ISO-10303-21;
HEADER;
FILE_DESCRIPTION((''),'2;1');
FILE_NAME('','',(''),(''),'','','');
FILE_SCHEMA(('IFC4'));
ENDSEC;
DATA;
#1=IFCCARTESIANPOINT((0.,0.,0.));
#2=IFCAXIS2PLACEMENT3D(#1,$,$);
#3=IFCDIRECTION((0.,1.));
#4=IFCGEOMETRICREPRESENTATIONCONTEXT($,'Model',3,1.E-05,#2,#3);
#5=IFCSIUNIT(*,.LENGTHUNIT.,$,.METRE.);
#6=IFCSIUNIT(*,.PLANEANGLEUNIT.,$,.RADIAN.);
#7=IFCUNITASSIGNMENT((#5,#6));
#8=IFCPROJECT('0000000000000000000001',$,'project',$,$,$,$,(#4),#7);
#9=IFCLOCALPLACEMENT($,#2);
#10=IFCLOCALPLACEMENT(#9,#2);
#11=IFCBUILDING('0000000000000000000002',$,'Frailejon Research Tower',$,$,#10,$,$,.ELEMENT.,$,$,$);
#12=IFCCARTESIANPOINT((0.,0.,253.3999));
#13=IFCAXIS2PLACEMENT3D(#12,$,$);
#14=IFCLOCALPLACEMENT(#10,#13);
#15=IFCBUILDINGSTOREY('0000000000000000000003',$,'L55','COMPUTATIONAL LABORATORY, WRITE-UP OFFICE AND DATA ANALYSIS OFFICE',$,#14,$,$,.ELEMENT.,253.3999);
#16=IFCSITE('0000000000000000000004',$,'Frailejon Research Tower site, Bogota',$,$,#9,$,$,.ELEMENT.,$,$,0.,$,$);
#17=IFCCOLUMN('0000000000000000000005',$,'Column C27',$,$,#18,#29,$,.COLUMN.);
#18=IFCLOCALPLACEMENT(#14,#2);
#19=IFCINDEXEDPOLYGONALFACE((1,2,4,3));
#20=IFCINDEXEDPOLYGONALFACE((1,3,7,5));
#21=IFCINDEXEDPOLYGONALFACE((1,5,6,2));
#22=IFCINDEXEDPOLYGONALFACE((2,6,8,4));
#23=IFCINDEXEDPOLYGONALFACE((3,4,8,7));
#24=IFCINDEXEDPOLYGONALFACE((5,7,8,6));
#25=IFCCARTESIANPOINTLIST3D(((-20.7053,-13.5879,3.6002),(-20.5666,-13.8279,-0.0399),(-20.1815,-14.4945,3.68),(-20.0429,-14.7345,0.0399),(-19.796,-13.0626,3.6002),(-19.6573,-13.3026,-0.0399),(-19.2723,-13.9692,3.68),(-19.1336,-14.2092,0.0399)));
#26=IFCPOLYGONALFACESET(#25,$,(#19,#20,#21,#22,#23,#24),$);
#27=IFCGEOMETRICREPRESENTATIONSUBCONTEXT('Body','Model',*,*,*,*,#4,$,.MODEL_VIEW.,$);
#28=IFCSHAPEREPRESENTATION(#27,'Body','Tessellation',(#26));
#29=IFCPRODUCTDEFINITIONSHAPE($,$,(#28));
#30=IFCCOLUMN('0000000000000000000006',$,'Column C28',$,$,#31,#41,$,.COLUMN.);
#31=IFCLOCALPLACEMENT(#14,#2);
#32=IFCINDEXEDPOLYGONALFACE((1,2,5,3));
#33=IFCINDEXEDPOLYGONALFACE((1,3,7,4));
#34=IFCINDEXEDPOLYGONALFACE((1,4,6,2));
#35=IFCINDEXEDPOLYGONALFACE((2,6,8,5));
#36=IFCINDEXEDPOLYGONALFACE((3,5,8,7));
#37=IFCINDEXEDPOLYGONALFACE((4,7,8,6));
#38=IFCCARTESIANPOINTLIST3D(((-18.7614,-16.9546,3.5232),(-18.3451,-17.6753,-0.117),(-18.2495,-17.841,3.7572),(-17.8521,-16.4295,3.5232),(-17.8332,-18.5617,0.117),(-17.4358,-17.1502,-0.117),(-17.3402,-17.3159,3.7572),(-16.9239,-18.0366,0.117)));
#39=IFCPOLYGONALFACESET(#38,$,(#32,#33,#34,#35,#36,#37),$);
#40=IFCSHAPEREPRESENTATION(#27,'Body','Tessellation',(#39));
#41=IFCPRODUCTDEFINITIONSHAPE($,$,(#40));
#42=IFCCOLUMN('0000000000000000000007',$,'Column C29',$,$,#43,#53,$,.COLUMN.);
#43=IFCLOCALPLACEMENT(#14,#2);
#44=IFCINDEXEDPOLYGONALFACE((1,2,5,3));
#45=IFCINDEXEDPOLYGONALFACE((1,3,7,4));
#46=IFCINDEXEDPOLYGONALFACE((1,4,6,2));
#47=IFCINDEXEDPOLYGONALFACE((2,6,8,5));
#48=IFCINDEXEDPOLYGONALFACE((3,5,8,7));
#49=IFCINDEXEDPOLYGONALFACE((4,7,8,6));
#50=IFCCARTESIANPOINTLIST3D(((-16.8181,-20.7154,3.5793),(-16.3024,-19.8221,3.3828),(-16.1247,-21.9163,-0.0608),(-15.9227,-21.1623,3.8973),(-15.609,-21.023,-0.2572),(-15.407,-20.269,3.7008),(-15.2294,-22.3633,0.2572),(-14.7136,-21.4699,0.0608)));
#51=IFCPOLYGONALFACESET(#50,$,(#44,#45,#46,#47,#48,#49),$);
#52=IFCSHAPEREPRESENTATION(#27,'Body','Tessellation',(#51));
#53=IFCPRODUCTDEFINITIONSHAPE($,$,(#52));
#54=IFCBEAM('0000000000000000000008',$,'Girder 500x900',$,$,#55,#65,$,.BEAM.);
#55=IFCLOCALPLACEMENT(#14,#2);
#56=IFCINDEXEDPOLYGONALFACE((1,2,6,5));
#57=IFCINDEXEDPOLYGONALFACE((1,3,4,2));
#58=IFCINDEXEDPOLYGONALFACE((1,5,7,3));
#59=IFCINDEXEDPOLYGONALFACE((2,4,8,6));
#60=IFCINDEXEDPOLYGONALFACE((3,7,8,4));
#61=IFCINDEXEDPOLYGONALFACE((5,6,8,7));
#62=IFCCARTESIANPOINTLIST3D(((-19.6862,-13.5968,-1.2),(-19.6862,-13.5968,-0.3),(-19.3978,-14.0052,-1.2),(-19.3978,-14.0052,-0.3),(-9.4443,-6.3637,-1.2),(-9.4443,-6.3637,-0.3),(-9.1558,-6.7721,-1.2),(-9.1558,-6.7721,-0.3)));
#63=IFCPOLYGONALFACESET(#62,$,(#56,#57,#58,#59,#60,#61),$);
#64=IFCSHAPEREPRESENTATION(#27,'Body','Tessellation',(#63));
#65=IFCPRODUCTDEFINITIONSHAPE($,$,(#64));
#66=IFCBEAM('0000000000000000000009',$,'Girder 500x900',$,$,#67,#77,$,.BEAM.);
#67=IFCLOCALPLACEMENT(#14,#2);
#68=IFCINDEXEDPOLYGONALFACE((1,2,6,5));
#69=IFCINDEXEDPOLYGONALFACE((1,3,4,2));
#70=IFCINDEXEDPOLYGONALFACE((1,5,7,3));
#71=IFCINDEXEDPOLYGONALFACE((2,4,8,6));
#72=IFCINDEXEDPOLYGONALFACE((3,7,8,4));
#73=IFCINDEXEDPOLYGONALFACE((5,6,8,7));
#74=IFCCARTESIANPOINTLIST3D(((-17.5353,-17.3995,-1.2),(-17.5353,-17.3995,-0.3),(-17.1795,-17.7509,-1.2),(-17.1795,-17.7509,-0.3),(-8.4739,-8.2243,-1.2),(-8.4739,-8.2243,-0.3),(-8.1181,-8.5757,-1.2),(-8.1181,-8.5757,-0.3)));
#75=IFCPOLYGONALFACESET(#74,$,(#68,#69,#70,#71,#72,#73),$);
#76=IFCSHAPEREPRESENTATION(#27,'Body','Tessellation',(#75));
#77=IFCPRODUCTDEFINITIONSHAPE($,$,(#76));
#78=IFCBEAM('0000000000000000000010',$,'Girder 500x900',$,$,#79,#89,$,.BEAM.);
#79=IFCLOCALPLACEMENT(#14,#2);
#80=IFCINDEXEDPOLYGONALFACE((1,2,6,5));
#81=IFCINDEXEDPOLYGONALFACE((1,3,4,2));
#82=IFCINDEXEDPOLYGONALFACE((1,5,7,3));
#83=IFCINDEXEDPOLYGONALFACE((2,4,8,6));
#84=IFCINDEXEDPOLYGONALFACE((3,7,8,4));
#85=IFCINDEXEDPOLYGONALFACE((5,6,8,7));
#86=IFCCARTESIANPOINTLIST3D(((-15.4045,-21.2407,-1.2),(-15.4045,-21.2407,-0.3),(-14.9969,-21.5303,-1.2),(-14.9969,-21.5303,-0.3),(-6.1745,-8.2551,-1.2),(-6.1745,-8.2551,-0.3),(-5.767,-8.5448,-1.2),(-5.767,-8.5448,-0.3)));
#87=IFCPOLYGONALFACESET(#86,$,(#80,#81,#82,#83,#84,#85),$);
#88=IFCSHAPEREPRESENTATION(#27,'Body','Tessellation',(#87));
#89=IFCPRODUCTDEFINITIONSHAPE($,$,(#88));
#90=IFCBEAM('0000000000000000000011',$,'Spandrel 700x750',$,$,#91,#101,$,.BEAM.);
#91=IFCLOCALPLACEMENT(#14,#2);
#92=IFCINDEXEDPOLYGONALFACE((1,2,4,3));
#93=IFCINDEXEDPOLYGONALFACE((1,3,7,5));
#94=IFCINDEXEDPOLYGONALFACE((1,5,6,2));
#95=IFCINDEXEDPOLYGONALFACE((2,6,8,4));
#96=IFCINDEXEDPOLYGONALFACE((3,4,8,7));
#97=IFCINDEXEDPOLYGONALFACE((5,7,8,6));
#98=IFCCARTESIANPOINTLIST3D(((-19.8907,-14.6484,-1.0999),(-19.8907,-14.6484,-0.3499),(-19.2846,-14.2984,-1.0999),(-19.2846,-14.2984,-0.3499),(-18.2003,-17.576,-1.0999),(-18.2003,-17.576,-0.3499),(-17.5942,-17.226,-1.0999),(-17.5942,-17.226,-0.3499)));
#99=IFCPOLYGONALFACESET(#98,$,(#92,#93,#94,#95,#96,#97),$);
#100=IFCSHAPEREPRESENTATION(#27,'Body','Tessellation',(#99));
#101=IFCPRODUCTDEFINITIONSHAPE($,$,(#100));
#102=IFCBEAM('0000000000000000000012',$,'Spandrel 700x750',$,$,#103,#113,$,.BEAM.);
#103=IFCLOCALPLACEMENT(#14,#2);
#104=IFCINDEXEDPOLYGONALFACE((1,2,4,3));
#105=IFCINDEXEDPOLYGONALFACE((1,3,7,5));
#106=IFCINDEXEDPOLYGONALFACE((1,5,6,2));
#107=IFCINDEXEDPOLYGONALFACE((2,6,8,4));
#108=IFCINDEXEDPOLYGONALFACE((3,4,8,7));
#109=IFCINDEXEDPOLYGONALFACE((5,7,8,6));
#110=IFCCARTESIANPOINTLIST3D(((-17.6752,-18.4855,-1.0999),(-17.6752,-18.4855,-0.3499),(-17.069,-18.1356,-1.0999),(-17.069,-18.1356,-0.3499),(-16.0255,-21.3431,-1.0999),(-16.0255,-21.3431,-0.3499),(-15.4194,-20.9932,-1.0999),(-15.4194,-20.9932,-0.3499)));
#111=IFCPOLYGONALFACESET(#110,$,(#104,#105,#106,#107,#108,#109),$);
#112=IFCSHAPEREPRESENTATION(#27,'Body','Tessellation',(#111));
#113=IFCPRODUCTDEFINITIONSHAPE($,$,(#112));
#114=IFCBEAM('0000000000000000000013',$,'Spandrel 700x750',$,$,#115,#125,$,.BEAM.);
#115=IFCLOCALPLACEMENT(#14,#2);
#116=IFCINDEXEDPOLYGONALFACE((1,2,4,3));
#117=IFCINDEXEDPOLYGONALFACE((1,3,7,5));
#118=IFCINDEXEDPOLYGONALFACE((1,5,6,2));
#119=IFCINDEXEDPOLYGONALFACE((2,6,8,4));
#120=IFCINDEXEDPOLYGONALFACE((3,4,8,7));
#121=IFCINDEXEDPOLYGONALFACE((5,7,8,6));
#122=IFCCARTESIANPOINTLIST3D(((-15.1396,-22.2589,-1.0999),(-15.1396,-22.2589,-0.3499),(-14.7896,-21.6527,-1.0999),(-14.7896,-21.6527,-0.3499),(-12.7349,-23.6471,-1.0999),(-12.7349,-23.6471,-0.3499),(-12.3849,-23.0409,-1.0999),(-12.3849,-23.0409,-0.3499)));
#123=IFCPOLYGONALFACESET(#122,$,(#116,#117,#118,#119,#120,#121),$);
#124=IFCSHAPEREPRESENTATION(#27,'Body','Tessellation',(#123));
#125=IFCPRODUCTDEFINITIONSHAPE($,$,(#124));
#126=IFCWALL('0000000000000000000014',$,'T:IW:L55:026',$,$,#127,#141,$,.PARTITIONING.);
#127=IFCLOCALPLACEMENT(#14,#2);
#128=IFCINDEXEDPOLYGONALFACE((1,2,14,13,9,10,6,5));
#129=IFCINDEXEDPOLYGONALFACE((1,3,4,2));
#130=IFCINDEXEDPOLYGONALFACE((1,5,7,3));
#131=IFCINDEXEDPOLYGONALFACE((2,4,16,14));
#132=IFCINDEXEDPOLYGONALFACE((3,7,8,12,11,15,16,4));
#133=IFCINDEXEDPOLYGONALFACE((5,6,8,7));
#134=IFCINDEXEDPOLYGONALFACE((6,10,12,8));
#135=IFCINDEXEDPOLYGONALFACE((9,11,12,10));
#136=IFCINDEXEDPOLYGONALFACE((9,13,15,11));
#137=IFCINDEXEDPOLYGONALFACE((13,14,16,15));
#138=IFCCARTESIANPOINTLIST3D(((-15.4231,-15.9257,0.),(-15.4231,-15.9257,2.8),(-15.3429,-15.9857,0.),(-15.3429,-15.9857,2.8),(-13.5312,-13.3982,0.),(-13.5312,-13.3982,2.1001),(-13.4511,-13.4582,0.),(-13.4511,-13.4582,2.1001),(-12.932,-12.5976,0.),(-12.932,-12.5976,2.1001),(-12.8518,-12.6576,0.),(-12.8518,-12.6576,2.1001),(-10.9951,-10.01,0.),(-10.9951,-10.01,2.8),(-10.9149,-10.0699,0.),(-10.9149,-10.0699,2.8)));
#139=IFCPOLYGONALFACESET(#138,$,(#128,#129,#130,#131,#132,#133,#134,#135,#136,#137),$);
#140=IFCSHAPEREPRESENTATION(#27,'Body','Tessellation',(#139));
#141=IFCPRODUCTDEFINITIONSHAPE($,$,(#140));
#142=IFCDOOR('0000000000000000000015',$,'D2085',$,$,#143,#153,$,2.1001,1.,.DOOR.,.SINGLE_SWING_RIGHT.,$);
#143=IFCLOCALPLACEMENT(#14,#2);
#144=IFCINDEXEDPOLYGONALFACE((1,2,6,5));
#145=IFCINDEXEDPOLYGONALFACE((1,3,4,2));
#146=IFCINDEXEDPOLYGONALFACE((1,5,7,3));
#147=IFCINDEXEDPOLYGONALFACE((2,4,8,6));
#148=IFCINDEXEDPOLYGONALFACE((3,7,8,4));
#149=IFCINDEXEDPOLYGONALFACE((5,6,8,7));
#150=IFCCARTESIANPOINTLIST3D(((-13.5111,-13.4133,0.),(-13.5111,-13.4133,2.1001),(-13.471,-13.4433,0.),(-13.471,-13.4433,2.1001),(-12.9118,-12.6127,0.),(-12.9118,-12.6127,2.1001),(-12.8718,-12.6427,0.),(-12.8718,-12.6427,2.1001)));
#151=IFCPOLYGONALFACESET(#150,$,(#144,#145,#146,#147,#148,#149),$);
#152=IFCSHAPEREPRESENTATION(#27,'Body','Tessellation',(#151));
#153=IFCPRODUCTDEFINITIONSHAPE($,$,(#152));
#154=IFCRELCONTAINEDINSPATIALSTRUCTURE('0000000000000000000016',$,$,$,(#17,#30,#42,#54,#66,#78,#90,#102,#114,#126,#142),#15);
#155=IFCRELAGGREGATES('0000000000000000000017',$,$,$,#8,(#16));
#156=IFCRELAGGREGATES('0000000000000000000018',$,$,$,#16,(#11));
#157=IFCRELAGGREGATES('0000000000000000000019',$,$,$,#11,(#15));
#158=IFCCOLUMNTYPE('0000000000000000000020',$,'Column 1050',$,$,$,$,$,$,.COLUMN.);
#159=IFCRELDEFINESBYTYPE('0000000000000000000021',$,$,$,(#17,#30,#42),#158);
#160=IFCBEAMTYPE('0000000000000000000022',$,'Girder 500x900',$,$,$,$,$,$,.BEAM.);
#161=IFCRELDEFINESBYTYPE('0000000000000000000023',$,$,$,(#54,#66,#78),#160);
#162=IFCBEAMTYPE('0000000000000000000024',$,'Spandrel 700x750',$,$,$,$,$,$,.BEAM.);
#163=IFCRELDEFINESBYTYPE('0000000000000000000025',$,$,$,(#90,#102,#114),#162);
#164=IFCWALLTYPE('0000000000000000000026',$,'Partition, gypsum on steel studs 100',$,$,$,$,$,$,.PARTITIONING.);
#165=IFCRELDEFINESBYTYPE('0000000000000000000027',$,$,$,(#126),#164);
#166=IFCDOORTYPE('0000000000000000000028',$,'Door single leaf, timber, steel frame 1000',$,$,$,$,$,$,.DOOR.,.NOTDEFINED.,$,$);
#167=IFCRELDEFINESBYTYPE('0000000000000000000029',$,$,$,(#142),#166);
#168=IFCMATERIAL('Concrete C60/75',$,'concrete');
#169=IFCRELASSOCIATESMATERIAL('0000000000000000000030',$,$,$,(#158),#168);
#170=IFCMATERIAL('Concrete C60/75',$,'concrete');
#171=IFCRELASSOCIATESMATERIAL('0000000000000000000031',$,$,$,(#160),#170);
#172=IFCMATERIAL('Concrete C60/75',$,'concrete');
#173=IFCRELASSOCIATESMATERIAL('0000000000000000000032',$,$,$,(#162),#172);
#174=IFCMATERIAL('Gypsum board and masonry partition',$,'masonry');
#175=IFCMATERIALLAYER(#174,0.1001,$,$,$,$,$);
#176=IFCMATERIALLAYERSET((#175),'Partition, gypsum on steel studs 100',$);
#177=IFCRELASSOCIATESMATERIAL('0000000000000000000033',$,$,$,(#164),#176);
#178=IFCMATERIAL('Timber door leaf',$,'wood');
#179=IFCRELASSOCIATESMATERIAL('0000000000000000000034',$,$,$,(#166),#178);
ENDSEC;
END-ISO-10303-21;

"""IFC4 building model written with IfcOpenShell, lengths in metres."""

from ifc_helpers import new_model, si_unit, direction, frame, frame_2d, origin, origin_2d, place, context, subcontext, project, spatial, rectangle, extrude, material, layer, layer_set, material_profile, profile_set, type_object, element, fill, save


model = new_model("IFC4")

# Units and contexts
model_context = context("Model", 3, precision=1e-05, world=origin(), true_north=direction((0.0, 1.0)))
body_context = subcontext(model_context, "Body", "Model", "MODEL_VIEW")
ifc_project = project(units=[si_unit("LENGTHUNIT", "METRE"), si_unit("PLANEANGLEUNIT", "RADIAN")], contexts=[model_context])

# Site, building, storey
site_placement = place(None, origin())
site = spatial("IfcSite", under=ifc_project, at=site_placement, Name="Frailejon Research Tower site, Bogota", CompositionType="ELEMENT", RefElevation=0.0)
building_placement = place(site_placement, origin())
building = spatial("IfcBuilding", under=site, at=building_placement, Name="Frailejon Research Tower", CompositionType="ELEMENT")
storey_placement = place(building_placement, frame((0.0, 0.0, 253.3999)))
storey = spatial("IfcBuildingStorey", under=building, at=storey_placement, Name="L55", Description="COMPUTATIONAL LABORATORY, WRITE-UP OFFICE AND DATA ANALYSIS OFFICE", CompositionType="ELEMENT", Elevation=253.3999)

# Columns
ifc_material_1 = material(Name="Concrete C60/75", Category="concrete")
ifc_material_profile_1 = material_profile(ifc_material_1, rectangle(XDim=1.05, YDim=1.05, at=origin_2d()), Name="Column 1050")
ifc_profile_set_1 = profile_set([ifc_material_profile_1], Name="Concrete C60/75")
column_type = type_object("IfcColumnType", Name="Column 1050", PredefinedType="COLUMN", material=ifc_profile_set_1)
column_1_placement = place(storey_placement, frame((-19.8501, -14.0186, 0.0), z_axis=(-0.037985, 0.065739, 0.997114), x_axis=(0.498771, -0.863402, 0.075924)))
element("IfcColumn", 1, at=column_1_placement, inside=storey, type_object=column_type, Name="Column C27", PredefinedType="COLUMN", context=body_context, shape_type="SweptSolid", body=[
    extrude(rectangle(XDim=1.05, YDim=1.05, at=origin_2d()), origin(), (0.0, 0.0, 1.0), 3.6506),
])
column_2_placement = place(storey_placement, frame((-17.6345, -17.856, 0.0), z_axis=(-0.111476, 0.193007, 0.974844), x_axis=(0.487482, -0.844205, 0.222887)))
element("IfcColumn", 2, at=column_2_placement, inside=storey, type_object=column_type, Name="Column C28", PredefinedType="COLUMN", context=body_context, shape_type="SweptSolid", body=[
    extrude(rectangle(XDim=1.05, YDim=1.05, at=origin_2d()), origin(), (0.0, 0.0, 1.0), 3.7341),
])
column_3_placement = place(storey_placement, frame((-15.4192, -21.6931, 0.0), z_axis=(-0.177998, 0.3083, 0.934488), x_axis=(0.852703, -0.425654, 0.302848)))
element("IfcColumn", 3, at=column_3_placement, inside=storey, type_object=column_type, Name="Column C29", PredefinedType="COLUMN", context=body_context, shape_type="SweptSolid", body=[
    extrude(rectangle(XDim=1.05, YDim=1.05, at=origin_2d()), origin(), (0.0, 0.0, 1.0), 3.8953),
])

# Beams
ifc_material_2 = material(Name="Concrete C60/75", Category="concrete")
ifc_material_profile_2 = material_profile(ifc_material_2, rectangle(XDim=0.5, YDim=0.8999, at=origin_2d()), Name="Girder 500x900")
ifc_profile_set_2 = profile_set([ifc_material_profile_2], Name="Concrete C60/75")
beam_type_1 = type_object("IfcBeamType", Name="Girder 500x900", PredefinedType="BEAM", material=ifc_profile_set_2)
beam_1_placement = place(storey_placement, frame((-19.542, -13.801, -0.75), z_axis=(0.816835, 0.576872, 0.0), x_axis=(-0.576872, 0.816835, 0.0)))
element("IfcBeam", 4, at=beam_1_placement, inside=storey, type_object=beam_type_1, Name="Girder 500x900", PredefinedType="BEAM", context=body_context, shape_type="SweptSolid", body=[
    extrude(rectangle(XDim=0.5, YDim=0.8999, at=origin_2d()), origin(), (0.0, 0.0, 1.0), 12.5386),
])
beam_2_placement = place(storey_placement, frame((-17.3574, -17.5752, -0.75), z_axis=(0.702682, 0.711504, 0.0), x_axis=(-0.711504, 0.702682, 0.0)))
element("IfcBeam", 5, at=beam_2_placement, inside=storey, type_object=beam_type_1, Name="Girder 500x900", PredefinedType="BEAM", context=body_context, shape_type="SweptSolid", body=[
    extrude(rectangle(XDim=0.5, YDim=0.8999, at=origin_2d()), origin(), (0.0, 0.0, 1.0), 12.8955),
])
beam_3_placement = place(storey_placement, frame((-15.2007, -21.3855, -0.75), z_axis=(0.579348, 0.81508, 0.0), x_axis=(-0.81508, 0.579348, 0.0)))
element("IfcBeam", 6, at=beam_3_placement, inside=storey, type_object=beam_type_1, Name="Girder 500x900", PredefinedType="BEAM", context=body_context, shape_type="SweptSolid", body=[
    extrude(rectangle(XDim=0.5, YDim=0.8999, at=origin_2d()), origin(), (0.0, 0.0, 1.0), 15.9316),
])
ifc_material_3 = material(Name="Concrete C60/75", Category="concrete")
ifc_material_profile_3 = material_profile(ifc_material_3, rectangle(XDim=0.7, YDim=0.75, at=origin_2d()), Name="Spandrel 700x750")
ifc_profile_set_3 = profile_set([ifc_material_profile_3], Name="Concrete C60/75")
beam_type_2 = type_object("IfcBeamType", Name="Spandrel 700x750", PredefinedType="BEAM", material=ifc_profile_set_3)
beam_4_placement = place(storey_placement, frame((-19.5876, -14.4734, -0.7249), z_axis=(0.500023, -0.866012, 0.0), x_axis=(0.866012, 0.500023, 0.0)))
element("IfcBeam", 7, at=beam_4_placement, inside=storey, type_object=beam_type_2, Name="Spandrel 700x750", PredefinedType="BEAM", context=body_context, shape_type="SweptSolid", body=[
    extrude(rectangle(XDim=0.7, YDim=0.75, at=origin_2d()), origin(), (0.0, 0.0, 1.0), 3.3806),
])
beam_5_placement = place(storey_placement, frame((-17.3721, -18.3105, -0.7249), z_axis=(0.499951, -0.866054, 0.0), x_axis=(0.866054, 0.499951, 0.0)))
element("IfcBeam", 8, at=beam_5_placement, inside=storey, type_object=beam_type_2, Name="Spandrel 700x750", PredefinedType="BEAM", context=body_context, shape_type="SweptSolid", body=[
    extrude(rectangle(XDim=0.7, YDim=0.75, at=origin_2d()), origin(), (0.0, 0.0, 1.0), 3.2996),
])
beam_6_placement = place(storey_placement, frame((-14.9646, -21.9558, -0.7249), z_axis=(0.86606, -0.499941, 0.0), x_axis=(0.499941, 0.86606, 0.0)))
element("IfcBeam", 9, at=beam_6_placement, inside=storey, type_object=beam_type_2, Name="Spandrel 700x750", PredefinedType="BEAM", context=body_context, shape_type="SweptSolid", body=[
    extrude(rectangle(XDim=0.7, YDim=0.75, at=origin_2d()), origin(), (0.0, 0.0, 1.0), 2.7766),
])

# Wall, opening, door
ifc_material_4 = material(Name="Gypsum board and masonry partition", Category="masonry")
ifc_layer_1 = layer(ifc_material_4, 0.1001)
ifc_layer_set_1 = layer_set([ifc_layer_1], Name="Partition, gypsum on steel studs 100")
wall_type_1 = type_object("IfcWallType", Name="Partition, gypsum on steel studs 100", PredefinedType="PARTITIONING", material=ifc_layer_set_1)
wall_1_placement = place(storey_placement, frame((-15.3831, -15.9558, 0.0), z_axis=(0.0, 0.0, 1.0), x_axis=(0.599233, 0.800575, 0.0)))
wall_1 = element("IfcWall", 10, at=wall_1_placement, inside=storey, type_object=wall_type_1, Name="T:IW:L55:026", PredefinedType="PARTITIONING", context=body_context, shape_type="SweptSolid", body=[
    extrude(rectangle(XDim=7.3894, YDim=0.1001, at=frame_2d((3.6948, 0.0))), origin(), (0.0, 0.0, 1.0), 2.8),
])
opening_1_placement = place(wall_1_placement, frame((3.1572, 0.0, 0.0)))
opening_1 = element("IfcOpeningElement", 11, at=opening_1_placement, cuts=wall_1, PredefinedType="OPENING", context=body_context, shape_type="SweptSolid", body=[
    extrude(rectangle(XDim=1.0, YDim=2.1001, at=frame_2d((0.5, 1.05))), frame((0.0, 0.0601, 0.0), z_axis=(0.0, -1.0, 0.0), x_axis=(1.0, 0.0, 0.0)), (0.0, 0.0, 1.0), 0.1201),
])
ifc_material_5 = material(Name="Timber door leaf", Category="wood")
door_type = type_object("IfcDoorType", Name="Door single leaf, timber, steel frame 1000", OperationType="NOTDEFINED", PredefinedType="DOOR", material=ifc_material_5)
door_placement = place(opening_1_placement, origin())
door = element("IfcDoor", 12, at=door_placement, inside=storey, type_object=door_type, Name="D2085", OperationType="SINGLE_SWING_RIGHT", OverallHeight=2.1001, OverallWidth=1.0, PredefinedType="DOOR", context=body_context, shape_type="SweptSolid", body=[
    extrude(rectangle(XDim=1.0, YDim=2.1001, at=frame_2d((0.5, 1.05))), frame((0.0, 0.0249, 0.0), z_axis=(0.0, -1.0, 0.0), x_axis=(1.0, 0.0, 0.0)), (0.0, 0.0, 1.0), 0.05),
])
fill(opening_1, door)

save(model, "model.ifc")
